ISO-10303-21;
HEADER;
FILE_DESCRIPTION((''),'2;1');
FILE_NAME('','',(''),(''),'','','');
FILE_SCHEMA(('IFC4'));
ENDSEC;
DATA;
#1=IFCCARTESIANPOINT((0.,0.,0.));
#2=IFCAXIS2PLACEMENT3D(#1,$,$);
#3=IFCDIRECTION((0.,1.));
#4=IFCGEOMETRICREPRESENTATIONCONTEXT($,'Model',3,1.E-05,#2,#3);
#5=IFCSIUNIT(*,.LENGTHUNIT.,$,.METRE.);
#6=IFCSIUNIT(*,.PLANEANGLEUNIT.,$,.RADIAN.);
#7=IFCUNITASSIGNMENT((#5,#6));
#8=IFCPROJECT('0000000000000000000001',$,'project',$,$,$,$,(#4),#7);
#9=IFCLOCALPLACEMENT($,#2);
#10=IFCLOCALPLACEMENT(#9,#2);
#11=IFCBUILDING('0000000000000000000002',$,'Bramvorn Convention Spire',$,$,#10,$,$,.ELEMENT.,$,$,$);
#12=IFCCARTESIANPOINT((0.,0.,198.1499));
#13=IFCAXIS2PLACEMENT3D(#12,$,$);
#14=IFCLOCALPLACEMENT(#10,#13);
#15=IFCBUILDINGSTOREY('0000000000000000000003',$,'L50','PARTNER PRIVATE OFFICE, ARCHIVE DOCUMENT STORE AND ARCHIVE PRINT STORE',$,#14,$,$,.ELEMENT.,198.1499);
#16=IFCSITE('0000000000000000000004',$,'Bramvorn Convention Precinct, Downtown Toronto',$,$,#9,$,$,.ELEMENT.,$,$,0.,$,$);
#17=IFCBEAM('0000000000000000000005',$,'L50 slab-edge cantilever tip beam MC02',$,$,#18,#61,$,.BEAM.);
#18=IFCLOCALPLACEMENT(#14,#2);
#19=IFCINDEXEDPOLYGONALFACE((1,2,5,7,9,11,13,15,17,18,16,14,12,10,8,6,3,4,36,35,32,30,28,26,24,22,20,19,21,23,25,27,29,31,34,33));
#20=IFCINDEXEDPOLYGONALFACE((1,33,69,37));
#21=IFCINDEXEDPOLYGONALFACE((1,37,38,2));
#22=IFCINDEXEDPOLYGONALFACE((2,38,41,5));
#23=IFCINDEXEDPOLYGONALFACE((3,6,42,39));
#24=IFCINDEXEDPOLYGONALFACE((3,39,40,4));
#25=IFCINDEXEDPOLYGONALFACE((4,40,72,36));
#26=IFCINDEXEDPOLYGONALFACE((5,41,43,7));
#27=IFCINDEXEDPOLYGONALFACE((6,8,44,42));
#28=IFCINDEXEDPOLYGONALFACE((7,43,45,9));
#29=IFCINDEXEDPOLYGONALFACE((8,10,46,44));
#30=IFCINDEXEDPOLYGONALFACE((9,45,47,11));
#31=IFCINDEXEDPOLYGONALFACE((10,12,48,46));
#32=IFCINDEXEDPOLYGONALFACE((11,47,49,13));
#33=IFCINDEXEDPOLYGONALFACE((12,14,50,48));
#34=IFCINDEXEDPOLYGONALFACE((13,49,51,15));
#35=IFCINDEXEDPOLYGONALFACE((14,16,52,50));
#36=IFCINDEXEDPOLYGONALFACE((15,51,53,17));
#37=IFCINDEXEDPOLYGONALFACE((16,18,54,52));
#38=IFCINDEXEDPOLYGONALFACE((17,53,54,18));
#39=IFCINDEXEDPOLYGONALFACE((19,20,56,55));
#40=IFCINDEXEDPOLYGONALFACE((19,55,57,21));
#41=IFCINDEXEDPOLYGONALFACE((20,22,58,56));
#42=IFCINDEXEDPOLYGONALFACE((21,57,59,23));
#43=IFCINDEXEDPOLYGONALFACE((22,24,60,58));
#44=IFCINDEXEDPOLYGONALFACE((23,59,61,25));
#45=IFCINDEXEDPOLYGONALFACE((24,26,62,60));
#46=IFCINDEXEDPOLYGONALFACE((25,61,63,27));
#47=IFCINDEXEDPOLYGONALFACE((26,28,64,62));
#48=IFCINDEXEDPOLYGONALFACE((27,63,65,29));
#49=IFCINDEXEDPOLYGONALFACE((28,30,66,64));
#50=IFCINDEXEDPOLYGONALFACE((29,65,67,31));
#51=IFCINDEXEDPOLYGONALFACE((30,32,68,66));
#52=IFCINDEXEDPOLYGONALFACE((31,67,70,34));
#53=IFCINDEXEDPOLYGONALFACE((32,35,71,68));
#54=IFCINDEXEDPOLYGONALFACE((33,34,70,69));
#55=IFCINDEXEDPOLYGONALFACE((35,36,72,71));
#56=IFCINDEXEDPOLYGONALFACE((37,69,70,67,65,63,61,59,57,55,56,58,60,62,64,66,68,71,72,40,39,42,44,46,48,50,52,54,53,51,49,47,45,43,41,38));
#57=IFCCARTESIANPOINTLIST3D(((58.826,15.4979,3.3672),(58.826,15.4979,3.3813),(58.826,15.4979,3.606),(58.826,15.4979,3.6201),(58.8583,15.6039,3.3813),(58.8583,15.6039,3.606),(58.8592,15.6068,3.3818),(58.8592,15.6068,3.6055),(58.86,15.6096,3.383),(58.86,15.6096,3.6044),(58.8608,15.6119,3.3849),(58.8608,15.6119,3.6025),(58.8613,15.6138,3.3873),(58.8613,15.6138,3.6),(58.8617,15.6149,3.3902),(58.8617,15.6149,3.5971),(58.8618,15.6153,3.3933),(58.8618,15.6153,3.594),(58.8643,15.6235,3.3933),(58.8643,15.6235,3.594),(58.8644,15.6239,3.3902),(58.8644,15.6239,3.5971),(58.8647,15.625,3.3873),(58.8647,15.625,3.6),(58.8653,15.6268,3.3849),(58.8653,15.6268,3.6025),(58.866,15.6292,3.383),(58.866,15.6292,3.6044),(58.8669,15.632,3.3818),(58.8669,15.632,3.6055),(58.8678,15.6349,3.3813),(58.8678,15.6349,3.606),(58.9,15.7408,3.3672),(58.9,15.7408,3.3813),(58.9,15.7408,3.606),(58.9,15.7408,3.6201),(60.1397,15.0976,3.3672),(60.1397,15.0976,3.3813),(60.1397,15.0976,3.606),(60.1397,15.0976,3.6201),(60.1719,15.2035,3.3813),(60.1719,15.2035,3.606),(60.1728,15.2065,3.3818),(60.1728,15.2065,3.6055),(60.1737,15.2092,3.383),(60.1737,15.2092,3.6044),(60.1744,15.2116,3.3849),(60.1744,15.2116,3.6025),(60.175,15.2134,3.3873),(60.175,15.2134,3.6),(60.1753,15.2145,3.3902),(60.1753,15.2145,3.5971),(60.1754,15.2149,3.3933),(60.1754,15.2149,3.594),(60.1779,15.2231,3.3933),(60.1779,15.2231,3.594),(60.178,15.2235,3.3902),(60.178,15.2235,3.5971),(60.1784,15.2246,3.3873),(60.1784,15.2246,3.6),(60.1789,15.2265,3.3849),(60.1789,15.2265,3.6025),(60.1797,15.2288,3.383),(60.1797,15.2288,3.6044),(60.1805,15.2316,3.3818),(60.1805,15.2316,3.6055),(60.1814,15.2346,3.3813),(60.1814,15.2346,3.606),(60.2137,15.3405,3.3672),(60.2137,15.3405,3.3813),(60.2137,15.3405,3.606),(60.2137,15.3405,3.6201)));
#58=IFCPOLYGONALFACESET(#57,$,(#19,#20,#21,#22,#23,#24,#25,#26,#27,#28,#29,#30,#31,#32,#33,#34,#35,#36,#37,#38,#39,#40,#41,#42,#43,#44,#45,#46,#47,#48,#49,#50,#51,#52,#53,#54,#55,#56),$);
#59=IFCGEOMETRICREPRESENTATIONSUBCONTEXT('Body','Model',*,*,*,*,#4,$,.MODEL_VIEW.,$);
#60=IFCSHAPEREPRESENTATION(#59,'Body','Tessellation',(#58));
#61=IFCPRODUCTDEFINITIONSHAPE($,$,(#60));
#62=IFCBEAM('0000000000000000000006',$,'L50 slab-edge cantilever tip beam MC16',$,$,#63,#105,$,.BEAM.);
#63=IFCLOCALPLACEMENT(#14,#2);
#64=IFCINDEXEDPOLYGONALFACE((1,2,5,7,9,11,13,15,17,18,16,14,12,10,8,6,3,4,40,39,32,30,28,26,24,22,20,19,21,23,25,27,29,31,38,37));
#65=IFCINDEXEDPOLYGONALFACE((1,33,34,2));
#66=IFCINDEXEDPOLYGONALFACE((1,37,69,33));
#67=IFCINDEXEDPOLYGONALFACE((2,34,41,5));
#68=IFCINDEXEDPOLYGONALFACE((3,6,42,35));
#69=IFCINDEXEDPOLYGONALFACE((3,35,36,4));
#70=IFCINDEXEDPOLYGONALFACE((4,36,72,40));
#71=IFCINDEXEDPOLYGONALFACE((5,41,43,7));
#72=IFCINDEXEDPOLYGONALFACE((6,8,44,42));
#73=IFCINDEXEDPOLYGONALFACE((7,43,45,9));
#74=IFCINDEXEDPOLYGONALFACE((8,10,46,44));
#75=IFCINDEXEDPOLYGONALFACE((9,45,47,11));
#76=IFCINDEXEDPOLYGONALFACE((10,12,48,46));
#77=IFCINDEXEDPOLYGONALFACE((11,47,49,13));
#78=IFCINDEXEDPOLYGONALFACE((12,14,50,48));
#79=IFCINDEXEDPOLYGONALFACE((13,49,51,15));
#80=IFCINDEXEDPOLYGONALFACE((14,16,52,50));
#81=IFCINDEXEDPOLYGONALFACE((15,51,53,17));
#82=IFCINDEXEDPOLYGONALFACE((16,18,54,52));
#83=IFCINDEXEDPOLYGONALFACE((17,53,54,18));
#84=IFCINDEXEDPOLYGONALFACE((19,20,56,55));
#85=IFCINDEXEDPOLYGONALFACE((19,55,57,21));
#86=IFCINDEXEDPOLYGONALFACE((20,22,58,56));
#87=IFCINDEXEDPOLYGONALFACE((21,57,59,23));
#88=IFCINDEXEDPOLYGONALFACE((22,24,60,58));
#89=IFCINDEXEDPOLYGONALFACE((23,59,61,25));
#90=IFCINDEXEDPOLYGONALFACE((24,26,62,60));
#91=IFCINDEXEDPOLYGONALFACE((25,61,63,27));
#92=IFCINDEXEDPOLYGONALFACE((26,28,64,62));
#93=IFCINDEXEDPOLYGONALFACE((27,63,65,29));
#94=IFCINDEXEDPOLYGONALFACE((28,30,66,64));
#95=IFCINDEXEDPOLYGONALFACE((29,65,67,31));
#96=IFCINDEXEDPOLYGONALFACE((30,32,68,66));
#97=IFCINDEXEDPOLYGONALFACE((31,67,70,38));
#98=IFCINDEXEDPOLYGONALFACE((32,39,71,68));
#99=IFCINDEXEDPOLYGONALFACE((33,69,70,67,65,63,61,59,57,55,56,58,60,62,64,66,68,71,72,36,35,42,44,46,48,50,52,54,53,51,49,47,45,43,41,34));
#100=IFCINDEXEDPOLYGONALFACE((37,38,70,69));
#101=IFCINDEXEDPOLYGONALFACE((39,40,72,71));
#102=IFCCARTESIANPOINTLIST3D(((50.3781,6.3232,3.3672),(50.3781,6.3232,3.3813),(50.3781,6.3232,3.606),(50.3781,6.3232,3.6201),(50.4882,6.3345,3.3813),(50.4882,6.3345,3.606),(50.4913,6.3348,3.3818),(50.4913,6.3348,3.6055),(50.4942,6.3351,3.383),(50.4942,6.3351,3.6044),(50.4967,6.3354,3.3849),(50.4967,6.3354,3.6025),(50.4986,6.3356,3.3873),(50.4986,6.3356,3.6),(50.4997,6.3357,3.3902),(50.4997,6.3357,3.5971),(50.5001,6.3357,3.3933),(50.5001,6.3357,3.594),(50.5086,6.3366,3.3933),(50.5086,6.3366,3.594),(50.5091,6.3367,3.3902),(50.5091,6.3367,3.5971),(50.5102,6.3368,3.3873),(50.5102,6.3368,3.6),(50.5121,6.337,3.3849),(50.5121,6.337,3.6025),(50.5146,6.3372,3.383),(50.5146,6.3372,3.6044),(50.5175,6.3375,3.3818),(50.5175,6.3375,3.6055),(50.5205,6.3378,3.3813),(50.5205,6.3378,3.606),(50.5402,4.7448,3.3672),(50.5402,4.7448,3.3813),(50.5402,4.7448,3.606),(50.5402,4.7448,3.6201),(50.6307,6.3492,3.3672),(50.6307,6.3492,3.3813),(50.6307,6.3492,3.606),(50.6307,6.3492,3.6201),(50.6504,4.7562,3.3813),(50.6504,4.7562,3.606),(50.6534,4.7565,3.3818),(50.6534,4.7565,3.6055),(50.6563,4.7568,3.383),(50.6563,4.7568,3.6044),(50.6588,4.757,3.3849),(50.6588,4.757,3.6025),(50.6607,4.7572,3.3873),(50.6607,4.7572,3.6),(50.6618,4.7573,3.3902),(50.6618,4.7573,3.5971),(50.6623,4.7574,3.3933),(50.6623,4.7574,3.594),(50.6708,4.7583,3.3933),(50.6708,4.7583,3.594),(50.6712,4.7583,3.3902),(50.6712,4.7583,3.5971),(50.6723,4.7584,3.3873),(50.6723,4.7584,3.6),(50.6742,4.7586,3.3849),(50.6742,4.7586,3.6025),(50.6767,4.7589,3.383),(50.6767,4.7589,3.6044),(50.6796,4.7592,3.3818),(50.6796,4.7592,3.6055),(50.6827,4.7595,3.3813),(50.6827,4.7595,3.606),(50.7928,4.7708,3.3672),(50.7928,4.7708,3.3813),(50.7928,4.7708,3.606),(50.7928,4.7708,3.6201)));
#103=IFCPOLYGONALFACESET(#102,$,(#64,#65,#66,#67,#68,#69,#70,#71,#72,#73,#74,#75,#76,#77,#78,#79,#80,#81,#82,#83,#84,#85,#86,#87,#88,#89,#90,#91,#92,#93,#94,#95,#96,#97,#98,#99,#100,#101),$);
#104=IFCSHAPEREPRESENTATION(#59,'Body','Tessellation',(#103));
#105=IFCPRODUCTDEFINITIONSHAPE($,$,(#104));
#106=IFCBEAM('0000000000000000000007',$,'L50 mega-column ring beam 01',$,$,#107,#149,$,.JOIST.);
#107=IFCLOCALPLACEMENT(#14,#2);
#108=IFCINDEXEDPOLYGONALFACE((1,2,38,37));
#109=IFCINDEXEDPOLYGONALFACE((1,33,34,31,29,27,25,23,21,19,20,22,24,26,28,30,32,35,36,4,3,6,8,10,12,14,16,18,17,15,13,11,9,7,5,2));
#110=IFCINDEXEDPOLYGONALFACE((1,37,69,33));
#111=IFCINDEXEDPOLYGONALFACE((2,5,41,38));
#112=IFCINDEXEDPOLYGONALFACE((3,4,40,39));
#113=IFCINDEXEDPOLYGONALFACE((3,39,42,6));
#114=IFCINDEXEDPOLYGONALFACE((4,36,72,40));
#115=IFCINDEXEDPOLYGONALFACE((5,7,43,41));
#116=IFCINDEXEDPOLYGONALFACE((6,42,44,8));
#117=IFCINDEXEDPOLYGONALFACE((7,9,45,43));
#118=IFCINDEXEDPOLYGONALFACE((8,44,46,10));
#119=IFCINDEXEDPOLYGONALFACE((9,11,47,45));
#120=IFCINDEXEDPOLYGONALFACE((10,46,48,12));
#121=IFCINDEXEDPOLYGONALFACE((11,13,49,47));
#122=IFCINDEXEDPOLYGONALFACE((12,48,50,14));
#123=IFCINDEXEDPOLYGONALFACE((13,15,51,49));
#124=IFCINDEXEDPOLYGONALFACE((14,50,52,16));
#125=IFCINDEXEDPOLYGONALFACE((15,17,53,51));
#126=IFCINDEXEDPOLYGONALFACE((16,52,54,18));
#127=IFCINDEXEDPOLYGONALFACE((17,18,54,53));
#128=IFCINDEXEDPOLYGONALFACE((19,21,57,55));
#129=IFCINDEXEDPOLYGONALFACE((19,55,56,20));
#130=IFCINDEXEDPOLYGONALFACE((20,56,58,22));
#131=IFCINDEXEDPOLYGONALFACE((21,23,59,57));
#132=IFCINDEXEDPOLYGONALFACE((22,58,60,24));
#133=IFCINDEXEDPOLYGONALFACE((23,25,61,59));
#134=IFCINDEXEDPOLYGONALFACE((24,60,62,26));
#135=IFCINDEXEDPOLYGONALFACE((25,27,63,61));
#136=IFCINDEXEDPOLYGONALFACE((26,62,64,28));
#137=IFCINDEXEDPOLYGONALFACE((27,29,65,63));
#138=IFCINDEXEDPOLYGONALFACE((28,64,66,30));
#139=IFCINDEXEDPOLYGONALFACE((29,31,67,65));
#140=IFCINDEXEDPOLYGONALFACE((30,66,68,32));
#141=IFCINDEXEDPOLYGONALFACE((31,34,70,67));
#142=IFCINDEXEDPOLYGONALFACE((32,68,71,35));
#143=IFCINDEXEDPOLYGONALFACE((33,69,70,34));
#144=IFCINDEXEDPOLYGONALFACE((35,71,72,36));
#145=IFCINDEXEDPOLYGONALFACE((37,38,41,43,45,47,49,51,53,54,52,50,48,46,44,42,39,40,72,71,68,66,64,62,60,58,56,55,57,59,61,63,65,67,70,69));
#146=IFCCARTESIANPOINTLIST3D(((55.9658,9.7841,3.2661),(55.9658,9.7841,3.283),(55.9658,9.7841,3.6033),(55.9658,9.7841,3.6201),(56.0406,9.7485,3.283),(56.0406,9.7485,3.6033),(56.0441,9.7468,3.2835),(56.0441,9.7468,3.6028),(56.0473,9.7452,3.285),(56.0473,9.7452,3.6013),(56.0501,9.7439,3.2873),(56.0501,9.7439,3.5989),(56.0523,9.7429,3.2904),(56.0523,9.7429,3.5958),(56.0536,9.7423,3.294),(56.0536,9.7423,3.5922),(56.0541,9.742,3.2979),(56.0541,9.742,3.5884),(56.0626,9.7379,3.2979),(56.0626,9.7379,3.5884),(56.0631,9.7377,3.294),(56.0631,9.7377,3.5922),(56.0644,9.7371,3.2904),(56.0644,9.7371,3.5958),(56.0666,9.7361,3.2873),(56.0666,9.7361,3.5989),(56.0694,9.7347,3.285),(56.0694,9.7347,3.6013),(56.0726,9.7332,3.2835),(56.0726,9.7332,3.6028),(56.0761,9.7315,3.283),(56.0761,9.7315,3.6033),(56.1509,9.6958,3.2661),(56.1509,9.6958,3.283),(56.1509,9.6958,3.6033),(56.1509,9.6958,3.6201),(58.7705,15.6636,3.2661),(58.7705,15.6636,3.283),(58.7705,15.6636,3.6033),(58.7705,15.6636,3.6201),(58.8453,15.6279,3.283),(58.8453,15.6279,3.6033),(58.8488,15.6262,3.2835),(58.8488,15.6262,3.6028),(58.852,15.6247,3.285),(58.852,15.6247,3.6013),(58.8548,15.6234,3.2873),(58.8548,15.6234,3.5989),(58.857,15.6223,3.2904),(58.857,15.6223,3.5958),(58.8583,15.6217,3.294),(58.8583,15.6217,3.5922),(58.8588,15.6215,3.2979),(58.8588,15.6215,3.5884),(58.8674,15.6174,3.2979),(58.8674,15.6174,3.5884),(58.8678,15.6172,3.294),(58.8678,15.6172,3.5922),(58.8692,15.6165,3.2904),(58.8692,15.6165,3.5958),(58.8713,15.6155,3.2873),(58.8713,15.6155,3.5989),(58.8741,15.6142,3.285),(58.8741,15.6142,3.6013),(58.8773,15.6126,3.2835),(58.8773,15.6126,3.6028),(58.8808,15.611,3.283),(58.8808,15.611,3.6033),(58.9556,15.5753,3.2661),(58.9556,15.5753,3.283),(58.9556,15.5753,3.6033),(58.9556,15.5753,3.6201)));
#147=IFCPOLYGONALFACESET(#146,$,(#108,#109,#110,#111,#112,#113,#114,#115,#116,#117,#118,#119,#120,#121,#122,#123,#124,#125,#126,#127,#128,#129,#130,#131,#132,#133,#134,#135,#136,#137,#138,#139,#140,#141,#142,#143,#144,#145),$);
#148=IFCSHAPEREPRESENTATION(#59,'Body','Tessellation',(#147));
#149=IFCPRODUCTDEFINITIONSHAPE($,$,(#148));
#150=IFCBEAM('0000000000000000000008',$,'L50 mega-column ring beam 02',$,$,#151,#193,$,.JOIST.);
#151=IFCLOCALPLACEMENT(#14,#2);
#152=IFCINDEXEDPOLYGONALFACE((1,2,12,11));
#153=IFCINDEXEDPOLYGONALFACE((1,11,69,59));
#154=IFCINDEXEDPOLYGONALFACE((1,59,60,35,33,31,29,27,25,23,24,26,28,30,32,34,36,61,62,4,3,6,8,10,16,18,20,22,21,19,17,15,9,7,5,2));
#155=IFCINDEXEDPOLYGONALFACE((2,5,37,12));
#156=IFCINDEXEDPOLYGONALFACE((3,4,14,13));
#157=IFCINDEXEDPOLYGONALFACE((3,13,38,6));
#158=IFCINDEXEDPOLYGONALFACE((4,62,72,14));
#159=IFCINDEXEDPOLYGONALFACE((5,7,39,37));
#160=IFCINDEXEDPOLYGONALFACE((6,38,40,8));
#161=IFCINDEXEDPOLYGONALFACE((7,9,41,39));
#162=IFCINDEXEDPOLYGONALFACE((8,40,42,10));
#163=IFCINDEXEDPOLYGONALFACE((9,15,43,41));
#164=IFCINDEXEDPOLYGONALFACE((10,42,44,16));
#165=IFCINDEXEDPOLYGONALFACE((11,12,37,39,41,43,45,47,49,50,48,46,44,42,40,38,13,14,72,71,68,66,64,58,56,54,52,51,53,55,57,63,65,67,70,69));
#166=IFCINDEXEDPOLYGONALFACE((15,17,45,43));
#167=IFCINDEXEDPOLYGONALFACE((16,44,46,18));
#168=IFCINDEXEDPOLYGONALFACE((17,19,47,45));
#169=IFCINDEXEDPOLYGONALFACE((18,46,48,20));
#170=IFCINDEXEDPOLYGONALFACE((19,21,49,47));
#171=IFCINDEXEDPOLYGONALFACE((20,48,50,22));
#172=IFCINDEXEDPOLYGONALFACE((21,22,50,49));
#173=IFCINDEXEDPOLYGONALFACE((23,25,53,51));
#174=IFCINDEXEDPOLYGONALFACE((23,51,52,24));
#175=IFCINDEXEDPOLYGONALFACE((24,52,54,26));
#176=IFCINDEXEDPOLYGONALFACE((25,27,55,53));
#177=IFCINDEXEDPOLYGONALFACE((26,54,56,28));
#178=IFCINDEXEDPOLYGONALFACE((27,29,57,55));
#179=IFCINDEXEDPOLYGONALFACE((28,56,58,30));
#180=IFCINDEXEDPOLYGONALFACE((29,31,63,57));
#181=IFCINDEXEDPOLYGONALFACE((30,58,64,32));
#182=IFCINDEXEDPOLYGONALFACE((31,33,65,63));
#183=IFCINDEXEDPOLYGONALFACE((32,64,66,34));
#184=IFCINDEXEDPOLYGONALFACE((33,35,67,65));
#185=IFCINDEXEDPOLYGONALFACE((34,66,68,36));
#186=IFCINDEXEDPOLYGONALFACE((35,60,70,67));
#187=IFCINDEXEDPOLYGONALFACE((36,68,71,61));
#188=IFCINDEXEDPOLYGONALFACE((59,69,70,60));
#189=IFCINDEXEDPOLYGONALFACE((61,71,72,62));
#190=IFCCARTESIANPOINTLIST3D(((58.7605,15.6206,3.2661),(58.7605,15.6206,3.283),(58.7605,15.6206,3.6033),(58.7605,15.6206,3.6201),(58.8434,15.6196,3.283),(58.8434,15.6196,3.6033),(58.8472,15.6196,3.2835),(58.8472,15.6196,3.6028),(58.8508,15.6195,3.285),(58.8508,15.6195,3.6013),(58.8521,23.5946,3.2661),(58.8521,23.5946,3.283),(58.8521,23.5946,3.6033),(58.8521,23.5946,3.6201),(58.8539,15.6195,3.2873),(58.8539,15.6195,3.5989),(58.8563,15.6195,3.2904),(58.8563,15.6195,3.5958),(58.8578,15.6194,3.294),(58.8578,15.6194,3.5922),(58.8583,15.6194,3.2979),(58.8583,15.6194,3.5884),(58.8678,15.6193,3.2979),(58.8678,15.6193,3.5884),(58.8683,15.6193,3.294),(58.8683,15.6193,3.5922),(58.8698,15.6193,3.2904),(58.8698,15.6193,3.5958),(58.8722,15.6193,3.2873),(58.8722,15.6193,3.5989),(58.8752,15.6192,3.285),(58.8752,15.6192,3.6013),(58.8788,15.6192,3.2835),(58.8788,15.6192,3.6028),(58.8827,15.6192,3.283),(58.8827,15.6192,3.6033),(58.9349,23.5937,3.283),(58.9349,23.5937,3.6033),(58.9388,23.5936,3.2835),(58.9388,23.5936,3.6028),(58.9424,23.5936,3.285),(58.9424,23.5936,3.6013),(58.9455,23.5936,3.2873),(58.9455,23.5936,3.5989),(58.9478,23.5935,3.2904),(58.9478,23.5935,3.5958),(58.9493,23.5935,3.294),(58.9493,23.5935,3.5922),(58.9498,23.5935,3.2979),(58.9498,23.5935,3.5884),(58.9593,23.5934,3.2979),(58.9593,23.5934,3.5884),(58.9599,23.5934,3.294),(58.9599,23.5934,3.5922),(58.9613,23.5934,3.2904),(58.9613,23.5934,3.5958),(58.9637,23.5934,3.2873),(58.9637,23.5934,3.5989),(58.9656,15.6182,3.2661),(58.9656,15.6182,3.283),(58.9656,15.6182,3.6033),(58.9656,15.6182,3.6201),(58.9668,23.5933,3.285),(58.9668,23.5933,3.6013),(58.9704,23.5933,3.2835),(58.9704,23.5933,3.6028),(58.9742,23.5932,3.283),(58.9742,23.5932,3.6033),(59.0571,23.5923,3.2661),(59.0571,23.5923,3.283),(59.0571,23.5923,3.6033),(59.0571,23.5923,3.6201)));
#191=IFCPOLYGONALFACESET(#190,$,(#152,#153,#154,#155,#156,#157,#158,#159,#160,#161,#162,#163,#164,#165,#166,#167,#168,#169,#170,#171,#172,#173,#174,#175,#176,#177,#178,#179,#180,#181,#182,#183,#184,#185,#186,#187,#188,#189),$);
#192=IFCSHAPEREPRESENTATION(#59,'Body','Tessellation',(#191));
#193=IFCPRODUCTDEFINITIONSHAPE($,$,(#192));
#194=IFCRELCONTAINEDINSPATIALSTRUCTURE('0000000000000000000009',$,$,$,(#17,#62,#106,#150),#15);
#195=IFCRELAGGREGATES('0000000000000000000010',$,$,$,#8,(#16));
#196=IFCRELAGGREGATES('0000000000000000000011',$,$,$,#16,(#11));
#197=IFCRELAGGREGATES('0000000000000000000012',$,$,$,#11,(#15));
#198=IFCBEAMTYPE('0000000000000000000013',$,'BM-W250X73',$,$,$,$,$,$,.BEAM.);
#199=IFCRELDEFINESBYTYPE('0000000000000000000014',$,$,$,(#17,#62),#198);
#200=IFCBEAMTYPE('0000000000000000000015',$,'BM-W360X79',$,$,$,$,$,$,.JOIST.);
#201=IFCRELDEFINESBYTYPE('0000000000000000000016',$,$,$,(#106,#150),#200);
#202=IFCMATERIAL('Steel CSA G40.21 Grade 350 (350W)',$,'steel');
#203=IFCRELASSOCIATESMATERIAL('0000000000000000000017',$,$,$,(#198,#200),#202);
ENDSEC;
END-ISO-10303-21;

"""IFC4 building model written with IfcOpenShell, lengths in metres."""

from ifc_helpers import new_model, si_unit, direction, frame, origin, origin_2d, place, context, subcontext, project, spatial, i_section, extrude, material, material_profile, profile_set, type_object, element, save


model = new_model("IFC4")

# Units and contexts
model_context = context("Model", 3, precision=1e-05, world=origin(), true_north=direction((0.0, 1.0)))
body_context = subcontext(model_context, "Body", "Model", "MODEL_VIEW")
ifc_project = project(units=[si_unit("LENGTHUNIT", "METRE"), si_unit("PLANEANGLEUNIT", "RADIAN")], contexts=[model_context])

# Site, building, storey
site_placement = place(None, origin())
site = spatial("IfcSite", under=ifc_project, at=site_placement, Name="Bramvorn Convention Precinct, Downtown Toronto", CompositionType="ELEMENT", RefElevation=0.0)
building_placement = place(site_placement, origin())
building = spatial("IfcBuilding", under=site, at=building_placement, Name="Bramvorn Convention Spire", CompositionType="ELEMENT")
storey_placement = place(building_placement, frame((0.0, 0.0, 198.1499)))
storey = spatial("IfcBuildingStorey", under=building, at=storey_placement, Name="L50", Description="PARTNER PRIVATE OFFICE, ARCHIVE DOCUMENT STORE AND ARCHIVE PRINT STORE", CompositionType="ELEMENT", Elevation=198.1499)

# Shared definitions
ifc_material_1 = material(Name="Steel CSA G40.21 Grade 350 (350W)", Category="steel")

# Beams
ifc_material_profile_1 = material_profile(ifc_material_1, i_section(OverallWidth=0.2539, OverallDepth=0.2529, WebThickness=0.0085, FlangeThickness=0.0142, FilletRadius=0.012, at=origin_2d()))
ifc_profile_set_1 = profile_set([ifc_material_profile_1], Name="Steel CSA G40.21 Grade 350 (350W) - W250X73")
beam_type_1 = type_object("IfcBeamType", Name="BM-W250X73", PredefinedType="BEAM", material=ifc_profile_set_1)
beam_1_placement = place(storey_placement, frame((58.863, 15.6194, 3.4937), z_axis=(0.95656, -0.291537, 0.0), x_axis=(0.291537, 0.95656, 0.0)))
element("IfcBeam", 1, at=beam_1_placement, inside=storey, type_object=beam_type_1, Name="L50 slab-edge cantilever tip beam MC02", PredefinedType="BEAM", context=body_context, shape_type="SweptSolid", body=[
    extrude(i_section(OverallWidth=0.2539, OverallDepth=0.2529, WebThickness=0.0085, FlangeThickness=0.0142, FilletRadius=0.012, at=origin_2d()), origin(), (0.0, 0.0, 1.0), 1.3733),
])
beam_2_placement = place(storey_placement, frame((50.5044, 6.3362, 3.4937), z_axis=(0.102169, -0.994767, 0.0), x_axis=(0.994767, 0.102169, 0.0)))
element("IfcBeam", 2, at=beam_2_placement, inside=storey, type_object=beam_type_1, Name="L50 slab-edge cantilever tip beam MC16", PredefinedType="BEAM", context=body_context, shape_type="SweptSolid", body=[
    extrude(i_section(OverallWidth=0.2539, OverallDepth=0.2529, WebThickness=0.0085, FlangeThickness=0.0142, FilletRadius=0.012, at=origin_2d()), origin(), (0.0, 0.0, 1.0), 1.5867),
])
ifc_material_profile_2 = material_profile(ifc_material_1, i_section(OverallWidth=0.2051, OverallDepth=0.354, WebThickness=0.0095, FlangeThickness=0.0168, FilletRadius=0.0149, at=origin_2d()))
ifc_profile_set_2 = profile_set([ifc_material_profile_2], Name="Steel CSA G40.21 Grade 350 (350W) - W360X79")
beam_type_2 = type_object("IfcBeamType", Name="BM-W360X79", PredefinedType="JOIST", material=ifc_profile_set_2)
beam_3_placement = place(storey_placement, frame((56.0583, 9.74, 3.4431), z_axis=(0.430556, 0.902564, 0.0), x_axis=(-0.902564, 0.430556, 0.0)))
element("IfcBeam", 3, at=beam_3_placement, inside=storey, type_object=beam_type_2, Name="L50 mega-column ring beam 01", PredefinedType="JOIST", context=body_context, shape_type="SweptSolid", body=[
    extrude(i_section(OverallWidth=0.2051, OverallDepth=0.354, WebThickness=0.0095, FlangeThickness=0.0168, FilletRadius=0.0149, at=origin_2d()), origin(), (0.0, 0.0, 1.0), 6.5142),
])
beam_4_placement = place(storey_placement, frame((58.863, 15.6194, 3.4431), z_axis=(0.01148, 0.999934, 0.0), x_axis=(-0.999934, 0.01148, 0.0)))
element("IfcBeam", 4, at=beam_4_placement, inside=storey, type_object=beam_type_2, Name="L50 mega-column ring beam 02", PredefinedType="JOIST", context=body_context, shape_type="SweptSolid", body=[
    extrude(i_section(OverallWidth=0.2051, OverallDepth=0.354, WebThickness=0.0095, FlangeThickness=0.0168, FilletRadius=0.0149, at=origin_2d()), origin(), (0.0, 0.0, 1.0), 7.9746),
])

save(model, "model.ifc")
